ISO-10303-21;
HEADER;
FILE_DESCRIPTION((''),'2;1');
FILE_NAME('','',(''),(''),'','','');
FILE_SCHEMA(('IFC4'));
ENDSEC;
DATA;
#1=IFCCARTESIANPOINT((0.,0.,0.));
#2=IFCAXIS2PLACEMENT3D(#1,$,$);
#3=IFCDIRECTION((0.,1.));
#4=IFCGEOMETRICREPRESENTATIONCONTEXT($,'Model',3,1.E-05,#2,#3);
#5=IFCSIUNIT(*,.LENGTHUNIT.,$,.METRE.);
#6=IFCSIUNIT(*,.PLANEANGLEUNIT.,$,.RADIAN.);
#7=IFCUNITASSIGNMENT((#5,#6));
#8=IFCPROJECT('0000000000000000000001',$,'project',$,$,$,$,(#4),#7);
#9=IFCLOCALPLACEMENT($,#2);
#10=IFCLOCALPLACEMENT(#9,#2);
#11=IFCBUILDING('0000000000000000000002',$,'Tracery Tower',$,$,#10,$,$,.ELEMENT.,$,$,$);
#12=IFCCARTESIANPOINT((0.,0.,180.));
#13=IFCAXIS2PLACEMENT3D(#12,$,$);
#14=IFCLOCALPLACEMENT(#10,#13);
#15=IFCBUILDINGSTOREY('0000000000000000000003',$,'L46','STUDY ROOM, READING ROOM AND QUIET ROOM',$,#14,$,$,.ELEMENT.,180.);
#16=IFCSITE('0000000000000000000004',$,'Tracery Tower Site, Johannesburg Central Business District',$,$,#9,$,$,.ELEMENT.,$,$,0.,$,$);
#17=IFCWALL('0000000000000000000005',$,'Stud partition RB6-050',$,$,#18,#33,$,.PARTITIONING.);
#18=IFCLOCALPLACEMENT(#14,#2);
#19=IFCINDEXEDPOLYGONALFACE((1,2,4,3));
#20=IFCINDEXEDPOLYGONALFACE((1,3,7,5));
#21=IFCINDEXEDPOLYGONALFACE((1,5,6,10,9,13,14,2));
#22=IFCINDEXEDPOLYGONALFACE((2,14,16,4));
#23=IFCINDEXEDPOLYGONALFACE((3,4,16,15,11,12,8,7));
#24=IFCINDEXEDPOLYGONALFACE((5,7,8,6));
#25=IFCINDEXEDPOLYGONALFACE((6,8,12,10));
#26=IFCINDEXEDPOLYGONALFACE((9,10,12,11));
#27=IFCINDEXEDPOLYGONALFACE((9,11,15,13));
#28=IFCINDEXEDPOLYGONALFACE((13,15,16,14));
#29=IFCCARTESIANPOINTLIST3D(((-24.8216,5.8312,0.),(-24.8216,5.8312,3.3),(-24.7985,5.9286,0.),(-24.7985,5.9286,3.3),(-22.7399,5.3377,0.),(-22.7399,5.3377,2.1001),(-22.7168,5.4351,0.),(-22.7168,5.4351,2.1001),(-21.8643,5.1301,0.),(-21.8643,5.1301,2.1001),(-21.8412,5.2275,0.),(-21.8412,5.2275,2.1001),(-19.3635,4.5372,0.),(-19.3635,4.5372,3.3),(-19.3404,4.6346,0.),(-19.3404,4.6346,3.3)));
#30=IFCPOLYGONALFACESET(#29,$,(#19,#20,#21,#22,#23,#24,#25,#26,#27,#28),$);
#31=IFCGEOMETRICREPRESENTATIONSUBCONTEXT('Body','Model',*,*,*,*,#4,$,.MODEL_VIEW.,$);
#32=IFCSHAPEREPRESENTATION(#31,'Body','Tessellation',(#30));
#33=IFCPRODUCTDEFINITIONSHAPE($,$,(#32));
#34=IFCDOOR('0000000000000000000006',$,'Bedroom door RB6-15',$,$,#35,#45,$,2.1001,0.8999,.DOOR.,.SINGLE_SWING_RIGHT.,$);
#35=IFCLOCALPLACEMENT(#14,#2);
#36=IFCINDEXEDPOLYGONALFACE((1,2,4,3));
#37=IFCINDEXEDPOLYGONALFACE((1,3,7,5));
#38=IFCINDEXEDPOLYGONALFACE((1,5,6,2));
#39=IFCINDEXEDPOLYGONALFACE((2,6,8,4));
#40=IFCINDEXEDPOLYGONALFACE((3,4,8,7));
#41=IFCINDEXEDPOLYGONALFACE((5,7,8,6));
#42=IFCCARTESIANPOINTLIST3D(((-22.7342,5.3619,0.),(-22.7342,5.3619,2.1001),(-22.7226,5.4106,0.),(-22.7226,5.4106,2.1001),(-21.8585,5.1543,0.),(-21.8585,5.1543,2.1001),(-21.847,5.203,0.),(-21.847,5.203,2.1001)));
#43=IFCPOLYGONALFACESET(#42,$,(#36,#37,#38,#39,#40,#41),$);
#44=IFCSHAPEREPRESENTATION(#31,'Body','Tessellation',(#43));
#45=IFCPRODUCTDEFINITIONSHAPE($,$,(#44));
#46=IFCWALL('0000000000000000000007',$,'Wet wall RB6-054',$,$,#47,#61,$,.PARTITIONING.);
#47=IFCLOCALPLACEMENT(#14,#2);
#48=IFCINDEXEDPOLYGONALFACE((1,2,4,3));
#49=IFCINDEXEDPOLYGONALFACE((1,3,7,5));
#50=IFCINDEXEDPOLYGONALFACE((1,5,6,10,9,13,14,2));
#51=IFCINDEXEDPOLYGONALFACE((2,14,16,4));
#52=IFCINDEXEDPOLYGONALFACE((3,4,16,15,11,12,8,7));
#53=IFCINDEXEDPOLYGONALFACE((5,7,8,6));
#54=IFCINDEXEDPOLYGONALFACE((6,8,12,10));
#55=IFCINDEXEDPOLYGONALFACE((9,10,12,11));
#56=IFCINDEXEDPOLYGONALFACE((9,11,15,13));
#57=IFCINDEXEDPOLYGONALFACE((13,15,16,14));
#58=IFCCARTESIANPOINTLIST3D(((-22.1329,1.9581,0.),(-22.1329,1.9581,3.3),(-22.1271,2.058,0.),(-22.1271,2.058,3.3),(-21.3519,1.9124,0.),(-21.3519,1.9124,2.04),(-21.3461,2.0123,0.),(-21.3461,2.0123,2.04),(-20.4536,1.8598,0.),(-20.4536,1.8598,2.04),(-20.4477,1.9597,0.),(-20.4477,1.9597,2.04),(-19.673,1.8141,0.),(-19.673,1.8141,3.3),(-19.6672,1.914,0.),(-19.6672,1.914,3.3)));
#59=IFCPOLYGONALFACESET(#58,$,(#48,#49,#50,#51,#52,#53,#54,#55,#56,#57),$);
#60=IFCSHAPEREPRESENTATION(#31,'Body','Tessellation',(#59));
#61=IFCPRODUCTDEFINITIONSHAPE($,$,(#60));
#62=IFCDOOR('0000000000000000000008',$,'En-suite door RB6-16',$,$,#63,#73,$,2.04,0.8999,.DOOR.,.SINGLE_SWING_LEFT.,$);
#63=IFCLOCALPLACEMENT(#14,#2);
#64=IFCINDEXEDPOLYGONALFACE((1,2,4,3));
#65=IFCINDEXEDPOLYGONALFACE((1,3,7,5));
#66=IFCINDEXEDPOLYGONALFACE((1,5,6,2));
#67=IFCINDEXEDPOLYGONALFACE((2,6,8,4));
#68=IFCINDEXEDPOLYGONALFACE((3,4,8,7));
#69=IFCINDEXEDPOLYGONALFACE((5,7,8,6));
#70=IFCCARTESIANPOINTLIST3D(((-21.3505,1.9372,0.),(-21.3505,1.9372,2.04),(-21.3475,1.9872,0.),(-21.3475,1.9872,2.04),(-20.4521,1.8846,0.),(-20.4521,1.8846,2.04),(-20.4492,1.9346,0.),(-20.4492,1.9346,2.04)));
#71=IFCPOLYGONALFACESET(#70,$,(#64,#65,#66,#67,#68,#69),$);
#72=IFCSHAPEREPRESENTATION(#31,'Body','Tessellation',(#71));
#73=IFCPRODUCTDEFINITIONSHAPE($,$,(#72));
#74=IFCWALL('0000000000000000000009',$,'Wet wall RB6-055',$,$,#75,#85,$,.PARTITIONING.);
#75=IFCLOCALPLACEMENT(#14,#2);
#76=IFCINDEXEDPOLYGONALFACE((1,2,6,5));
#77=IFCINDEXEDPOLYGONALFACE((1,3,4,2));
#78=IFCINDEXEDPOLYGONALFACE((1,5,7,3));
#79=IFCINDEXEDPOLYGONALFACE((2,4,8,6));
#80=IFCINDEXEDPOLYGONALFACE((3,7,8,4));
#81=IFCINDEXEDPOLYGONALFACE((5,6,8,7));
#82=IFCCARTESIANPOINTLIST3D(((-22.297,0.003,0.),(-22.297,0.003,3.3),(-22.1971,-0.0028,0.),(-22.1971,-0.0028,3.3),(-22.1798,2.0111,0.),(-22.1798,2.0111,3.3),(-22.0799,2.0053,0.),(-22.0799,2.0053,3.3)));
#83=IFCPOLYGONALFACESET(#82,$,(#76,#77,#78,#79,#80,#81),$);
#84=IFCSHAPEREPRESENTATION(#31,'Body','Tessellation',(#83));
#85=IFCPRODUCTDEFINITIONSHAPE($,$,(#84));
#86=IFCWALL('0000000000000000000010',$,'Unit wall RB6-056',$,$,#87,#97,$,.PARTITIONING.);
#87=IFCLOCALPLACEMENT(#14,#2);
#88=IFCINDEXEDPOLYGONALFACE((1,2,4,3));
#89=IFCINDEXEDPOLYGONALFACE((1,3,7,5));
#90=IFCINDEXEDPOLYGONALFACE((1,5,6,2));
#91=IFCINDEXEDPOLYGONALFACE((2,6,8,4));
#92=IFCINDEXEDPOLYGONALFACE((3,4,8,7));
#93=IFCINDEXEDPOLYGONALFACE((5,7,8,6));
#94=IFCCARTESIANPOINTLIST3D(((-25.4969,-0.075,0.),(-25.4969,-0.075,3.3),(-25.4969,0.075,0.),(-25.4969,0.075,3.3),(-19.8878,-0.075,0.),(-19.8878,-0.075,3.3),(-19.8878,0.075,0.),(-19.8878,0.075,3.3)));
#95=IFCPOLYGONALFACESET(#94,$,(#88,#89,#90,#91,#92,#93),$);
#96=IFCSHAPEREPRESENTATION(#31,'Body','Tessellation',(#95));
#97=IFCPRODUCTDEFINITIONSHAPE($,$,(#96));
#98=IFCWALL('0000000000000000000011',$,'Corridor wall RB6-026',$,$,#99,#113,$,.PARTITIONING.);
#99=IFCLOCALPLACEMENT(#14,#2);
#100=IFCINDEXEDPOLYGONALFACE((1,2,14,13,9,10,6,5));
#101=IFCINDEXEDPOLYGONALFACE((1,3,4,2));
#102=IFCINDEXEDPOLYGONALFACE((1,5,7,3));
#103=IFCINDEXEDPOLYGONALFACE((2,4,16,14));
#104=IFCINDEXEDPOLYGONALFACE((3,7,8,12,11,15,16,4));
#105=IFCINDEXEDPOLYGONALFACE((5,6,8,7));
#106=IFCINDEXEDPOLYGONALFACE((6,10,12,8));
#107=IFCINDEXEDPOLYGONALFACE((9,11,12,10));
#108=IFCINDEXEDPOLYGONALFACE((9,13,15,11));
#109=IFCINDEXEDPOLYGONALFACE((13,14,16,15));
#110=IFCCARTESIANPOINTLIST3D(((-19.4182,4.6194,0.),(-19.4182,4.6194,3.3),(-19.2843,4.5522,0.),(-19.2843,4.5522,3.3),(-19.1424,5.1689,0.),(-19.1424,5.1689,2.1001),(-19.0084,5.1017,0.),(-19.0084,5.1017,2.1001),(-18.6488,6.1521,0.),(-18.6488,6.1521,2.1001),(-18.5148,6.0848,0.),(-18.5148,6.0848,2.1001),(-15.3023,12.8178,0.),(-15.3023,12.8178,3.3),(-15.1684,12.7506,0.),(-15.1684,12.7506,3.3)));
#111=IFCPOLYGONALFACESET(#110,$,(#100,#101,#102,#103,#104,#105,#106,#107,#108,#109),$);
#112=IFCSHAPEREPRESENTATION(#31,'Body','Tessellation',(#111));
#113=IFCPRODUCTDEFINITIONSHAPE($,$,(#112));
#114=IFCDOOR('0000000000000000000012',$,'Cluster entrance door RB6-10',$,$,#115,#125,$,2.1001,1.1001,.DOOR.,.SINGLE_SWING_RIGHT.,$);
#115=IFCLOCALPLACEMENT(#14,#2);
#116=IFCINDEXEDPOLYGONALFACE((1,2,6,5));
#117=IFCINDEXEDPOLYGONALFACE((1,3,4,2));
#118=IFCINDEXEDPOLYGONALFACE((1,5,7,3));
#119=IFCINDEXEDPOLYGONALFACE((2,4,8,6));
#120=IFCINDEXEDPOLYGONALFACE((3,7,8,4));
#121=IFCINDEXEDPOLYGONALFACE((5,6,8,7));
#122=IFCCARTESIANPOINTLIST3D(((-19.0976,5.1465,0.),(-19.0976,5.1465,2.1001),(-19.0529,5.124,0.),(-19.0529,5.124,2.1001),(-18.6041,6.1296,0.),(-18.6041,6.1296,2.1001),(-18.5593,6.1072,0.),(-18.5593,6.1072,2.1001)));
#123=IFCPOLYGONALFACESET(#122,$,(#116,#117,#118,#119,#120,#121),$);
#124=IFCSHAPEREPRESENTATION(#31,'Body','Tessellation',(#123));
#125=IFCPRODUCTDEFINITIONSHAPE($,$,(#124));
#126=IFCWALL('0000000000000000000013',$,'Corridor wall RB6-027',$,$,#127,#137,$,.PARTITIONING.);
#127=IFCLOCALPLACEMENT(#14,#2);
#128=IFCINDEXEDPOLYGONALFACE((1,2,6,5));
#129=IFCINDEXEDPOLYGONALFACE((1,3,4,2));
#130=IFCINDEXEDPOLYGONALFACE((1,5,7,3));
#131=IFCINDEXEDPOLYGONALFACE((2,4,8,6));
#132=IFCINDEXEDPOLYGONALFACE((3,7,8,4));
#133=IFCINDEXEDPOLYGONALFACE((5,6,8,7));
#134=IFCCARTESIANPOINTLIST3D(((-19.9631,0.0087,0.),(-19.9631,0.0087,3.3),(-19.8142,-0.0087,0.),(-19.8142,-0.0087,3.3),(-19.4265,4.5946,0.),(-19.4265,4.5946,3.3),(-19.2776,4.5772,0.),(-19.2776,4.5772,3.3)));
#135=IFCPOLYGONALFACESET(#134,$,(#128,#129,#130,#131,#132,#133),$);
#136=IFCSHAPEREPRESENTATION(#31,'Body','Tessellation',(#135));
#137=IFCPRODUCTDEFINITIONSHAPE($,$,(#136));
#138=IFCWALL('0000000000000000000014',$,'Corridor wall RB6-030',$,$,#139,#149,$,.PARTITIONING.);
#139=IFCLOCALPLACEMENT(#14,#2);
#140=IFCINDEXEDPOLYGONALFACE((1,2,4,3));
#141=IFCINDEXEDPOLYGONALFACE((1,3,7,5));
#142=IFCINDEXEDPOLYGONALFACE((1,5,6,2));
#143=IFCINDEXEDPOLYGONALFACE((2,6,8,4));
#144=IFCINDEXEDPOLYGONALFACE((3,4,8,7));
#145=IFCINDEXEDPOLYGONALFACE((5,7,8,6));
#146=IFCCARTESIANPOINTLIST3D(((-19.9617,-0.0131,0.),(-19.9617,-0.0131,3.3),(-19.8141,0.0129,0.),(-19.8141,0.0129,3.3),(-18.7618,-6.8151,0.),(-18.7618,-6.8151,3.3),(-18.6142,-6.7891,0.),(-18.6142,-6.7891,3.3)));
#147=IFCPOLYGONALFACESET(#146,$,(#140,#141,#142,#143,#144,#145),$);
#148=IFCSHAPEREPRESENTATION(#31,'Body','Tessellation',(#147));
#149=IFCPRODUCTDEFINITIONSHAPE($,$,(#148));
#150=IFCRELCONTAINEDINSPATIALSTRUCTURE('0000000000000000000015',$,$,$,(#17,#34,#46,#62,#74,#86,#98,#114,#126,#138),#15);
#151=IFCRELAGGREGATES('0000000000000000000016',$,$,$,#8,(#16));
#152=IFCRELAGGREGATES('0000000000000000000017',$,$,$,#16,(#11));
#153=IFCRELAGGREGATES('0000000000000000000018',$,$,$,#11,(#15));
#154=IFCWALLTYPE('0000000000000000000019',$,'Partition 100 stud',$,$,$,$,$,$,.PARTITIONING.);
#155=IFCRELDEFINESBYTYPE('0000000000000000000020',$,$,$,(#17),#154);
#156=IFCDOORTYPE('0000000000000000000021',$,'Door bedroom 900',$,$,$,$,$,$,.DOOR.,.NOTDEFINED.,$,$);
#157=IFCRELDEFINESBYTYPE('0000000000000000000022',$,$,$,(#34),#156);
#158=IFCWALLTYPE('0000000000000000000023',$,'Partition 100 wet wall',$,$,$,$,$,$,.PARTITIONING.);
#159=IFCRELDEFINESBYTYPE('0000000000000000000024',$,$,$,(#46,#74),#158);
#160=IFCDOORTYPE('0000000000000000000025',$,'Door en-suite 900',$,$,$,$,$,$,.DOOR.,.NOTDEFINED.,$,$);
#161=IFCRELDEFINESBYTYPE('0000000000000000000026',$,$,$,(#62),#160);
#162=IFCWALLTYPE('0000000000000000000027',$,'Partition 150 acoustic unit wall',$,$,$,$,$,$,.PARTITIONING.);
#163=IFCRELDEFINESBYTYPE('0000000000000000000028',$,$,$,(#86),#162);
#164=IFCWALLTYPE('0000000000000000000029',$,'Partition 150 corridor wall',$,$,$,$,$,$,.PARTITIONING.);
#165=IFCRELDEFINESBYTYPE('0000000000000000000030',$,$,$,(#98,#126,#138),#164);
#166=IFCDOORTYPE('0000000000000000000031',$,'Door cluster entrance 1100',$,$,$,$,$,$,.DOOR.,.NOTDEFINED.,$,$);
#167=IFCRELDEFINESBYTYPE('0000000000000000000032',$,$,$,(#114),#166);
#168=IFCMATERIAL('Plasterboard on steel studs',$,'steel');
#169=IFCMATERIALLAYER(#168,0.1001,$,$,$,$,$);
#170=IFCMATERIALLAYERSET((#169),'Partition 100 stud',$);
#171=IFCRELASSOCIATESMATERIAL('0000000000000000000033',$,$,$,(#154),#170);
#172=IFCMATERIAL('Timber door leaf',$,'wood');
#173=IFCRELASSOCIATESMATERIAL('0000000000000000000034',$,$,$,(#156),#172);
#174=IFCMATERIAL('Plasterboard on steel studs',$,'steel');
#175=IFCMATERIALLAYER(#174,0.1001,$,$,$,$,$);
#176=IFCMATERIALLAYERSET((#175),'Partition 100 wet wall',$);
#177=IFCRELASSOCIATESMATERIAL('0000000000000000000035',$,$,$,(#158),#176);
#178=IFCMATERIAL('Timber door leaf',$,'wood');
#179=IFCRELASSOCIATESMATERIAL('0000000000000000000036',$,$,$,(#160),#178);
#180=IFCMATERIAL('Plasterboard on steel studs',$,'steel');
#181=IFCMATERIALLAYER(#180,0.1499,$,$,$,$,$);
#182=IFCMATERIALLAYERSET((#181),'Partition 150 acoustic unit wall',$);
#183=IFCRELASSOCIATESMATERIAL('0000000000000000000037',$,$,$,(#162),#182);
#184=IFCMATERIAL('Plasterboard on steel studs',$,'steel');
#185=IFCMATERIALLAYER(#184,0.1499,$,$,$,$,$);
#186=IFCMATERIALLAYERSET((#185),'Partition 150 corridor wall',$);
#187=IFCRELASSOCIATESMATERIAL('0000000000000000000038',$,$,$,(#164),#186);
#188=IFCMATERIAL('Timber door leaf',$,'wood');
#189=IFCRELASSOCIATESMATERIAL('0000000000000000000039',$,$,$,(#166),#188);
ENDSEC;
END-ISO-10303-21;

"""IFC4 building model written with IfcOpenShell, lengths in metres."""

from ifc_helpers import new_model, si_unit, direction, frame, frame_2d, origin, place, context, subcontext, project, spatial, rectangle, extrude, material, layer, layer_set, type_object, element, fill, save


model = new_model("IFC4")

# Units and contexts
model_context = context("Model", 3, precision=1e-05, world=origin(), true_north=direction((0.0, 1.0)))
body_context = subcontext(model_context, "Body", "Model", "MODEL_VIEW")
ifc_project = project(units=[si_unit("LENGTHUNIT", "METRE"), si_unit("PLANEANGLEUNIT", "RADIAN")], contexts=[model_context])

# Site, building, storey
site_placement = place(None, origin())
site = spatial("IfcSite", under=ifc_project, at=site_placement, Name="Tracery Tower Site, Johannesburg Central Business District", CompositionType="ELEMENT", RefElevation=0.0)
building_placement = place(site_placement, origin())
building = spatial("IfcBuilding", under=site, at=building_placement, Name="Tracery Tower", CompositionType="ELEMENT")
storey_placement = place(building_placement, frame((0.0, 0.0, 180.0)))
storey = spatial("IfcBuildingStorey", under=building, at=storey_placement, Name="L46", Description="STUDY ROOM, READING ROOM AND QUIET ROOM", CompositionType="ELEMENT", Elevation=180.0)

# Walls, openings, doors
ifc_material_1 = material(Name="Plasterboard on steel studs", Category="steel")
ifc_layer_1 = layer(ifc_material_1, 0.1001)
ifc_layer_set_1 = layer_set([ifc_layer_1], Name="Partition 100 stud")
wall_type_1 = type_object("IfcWallType", Name="Partition 100 stud", PredefinedType="PARTITIONING", material=ifc_layer_set_1)
wall_1_placement = place(storey_placement, frame((-24.8101, 5.8799, 0.0), z_axis=(0.0, 0.0, 1.0), x_axis=(0.97303, -0.230679, 0.0)))
wall_1 = element("IfcWall", 1, at=wall_1_placement, inside=storey, type_object=wall_type_1, Name="Stud partition RB6-050", PredefinedType="PARTITIONING", context=body_context, shape_type="SweptSolid", body=[
    extrude(rectangle(XDim=5.6094, YDim=0.1001, at=frame_2d((2.8047, 0.0))), origin(), (0.0, 0.0, 1.0), 3.3),
])
opening_1_placement = place(wall_1_placement, frame((2.1394, 0.0, 0.0)))
opening_1 = element("IfcOpeningElement", 2, at=opening_1_placement, cuts=wall_1, PredefinedType="OPENING", context=body_context, shape_type="SweptSolid", body=[
    extrude(rectangle(XDim=0.8999, YDim=2.1001, at=frame_2d((0.45, 1.05))), frame((0.0, 0.05, 0.0), z_axis=(0.0, -1.0, 0.0), x_axis=(1.0, 0.0, 0.0)), (0.0, 0.0, 1.0), 0.1001),
])
ifc_material_2 = material(Name="Timber door leaf", Category="wood")
door_type_1 = type_object("IfcDoorType", Name="Door bedroom 900", OperationType="NOTDEFINED", PredefinedType="DOOR", material=ifc_material_2)
door_1_placement = place(opening_1_placement, origin())
door_1 = element("IfcDoor", 3, at=door_1_placement, inside=storey, type_object=door_type_1, Name="Bedroom door RB6-15", OperationType="SINGLE_SWING_RIGHT", OverallHeight=2.1001, OverallWidth=0.8999, PredefinedType="DOOR", context=body_context, shape_type="SweptSolid", body=[
    extrude(rectangle(XDim=0.8999, YDim=2.1001, at=frame_2d((0.45, 1.05))), frame((0.0, 0.0249, 0.0), z_axis=(0.0, -1.0, 0.0), x_axis=(1.0, 0.0, 0.0)), (0.0, 0.0, 1.0), 0.05),
])
fill(opening_1, door_1)
ifc_material_3 = material(Name="Plasterboard on steel studs", Category="steel")
ifc_layer_2 = layer(ifc_material_3, 0.1001)
ifc_layer_set_2 = layer_set([ifc_layer_2], Name="Partition 100 wet wall")
wall_type_2 = type_object("IfcWallType", Name="Partition 100 wet wall", PredefinedType="PARTITIONING", material=ifc_layer_set_2)
wall_2_placement = place(storey_placement, frame((-22.1299, 2.0081, 0.0), z_axis=(0.0, 0.0, 1.0), x_axis=(0.99829, -0.058455, 0.0)))
wall_2 = element("IfcWall", 4, at=wall_2_placement, inside=storey, type_object=wall_type_2, Name="Wet wall RB6-054", PredefinedType="PARTITIONING", context=body_context, shape_type="SweptSolid", body=[
    extrude(rectangle(XDim=2.4641, YDim=0.1001, at=frame_2d((1.2319, 0.0))), origin(), (0.0, 0.0, 1.0), 3.3),
])
opening_2_placement = place(wall_2_placement, frame((0.7822, 0.0, 0.0)))
opening_2 = element("IfcOpeningElement", 5, at=opening_2_placement, cuts=wall_2, PredefinedType="OPENING", context=body_context, shape_type="SweptSolid", body=[
    extrude(rectangle(XDim=0.8999, YDim=2.04, at=frame_2d((0.45, 1.02))), frame((0.0, 0.05, 0.0), z_axis=(0.0, -1.0, 0.0), x_axis=(1.0, 0.0, 0.0)), (0.0, 0.0, 1.0), 0.1001),
])
ifc_material_4 = material(Name="Timber door leaf", Category="wood")
door_type_2 = type_object("IfcDoorType", Name="Door en-suite 900", OperationType="NOTDEFINED", PredefinedType="DOOR", material=ifc_material_4)
door_2_placement = place(opening_2_placement, origin())
door_2 = element("IfcDoor", 6, at=door_2_placement, inside=storey, type_object=door_type_2, Name="En-suite door RB6-16", OperationType="SINGLE_SWING_LEFT", OverallHeight=2.04, OverallWidth=0.8999, PredefinedType="DOOR", context=body_context, shape_type="SweptSolid", body=[
    extrude(rectangle(XDim=0.8999, YDim=2.04, at=frame_2d((0.45, 1.02))), frame((0.0, 0.0249, 0.0), z_axis=(0.0, -1.0, 0.0), x_axis=(1.0, 0.0, 0.0)), (0.0, 0.0, 1.0), 0.05),
])
fill(opening_2, door_2)

# Walls
wall_3_placement = place(storey_placement, frame((-22.2471, 0.0, 0.0), z_axis=(0.0, 0.0, 1.0), x_axis=(0.05826, 0.998301, 0.0)))
element("IfcWall", 7, at=wall_3_placement, inside=storey, type_object=wall_type_2, Name="Wet wall RB6-055", PredefinedType="PARTITIONING", context=body_context, shape_type="SweptSolid", body=[
    extrude(rectangle(XDim=2.0115, YDim=0.1001, at=frame_2d((1.0059, 0.0))), origin(), (0.0, 0.0, 1.0), 3.3),
])
ifc_material_5 = material(Name="Plasterboard on steel studs", Category="steel")
ifc_layer_3 = layer(ifc_material_5, 0.1499)
ifc_layer_set_3 = layer_set([ifc_layer_3], Name="Partition 150 acoustic unit wall")
wall_type_3 = type_object("IfcWallType", Name="Partition 150 acoustic unit wall", PredefinedType="PARTITIONING", material=ifc_layer_set_3)
wall_4_placement = place(storey_placement, frame((-25.4971, 0.0, 0.0), z_axis=(0.0, 0.0, 1.0), x_axis=(1.0, 0.0, 0.0)))
element("IfcWall", 8, at=wall_4_placement, inside=storey, type_object=wall_type_3, Name="Unit wall RB6-056", PredefinedType="PARTITIONING", context=body_context, shape_type="SweptSolid", body=[
    extrude(rectangle(XDim=5.6091, YDim=0.1499, at=frame_2d((2.8047, 0.0))), origin(), (0.0, 0.0, 1.0), 3.3),
])

# Wall, opening, door
ifc_material_6 = material(Name="Plasterboard on steel studs", Category="steel")
ifc_layer_4 = layer(ifc_material_6, 0.1499)
ifc_layer_set_4 = layer_set([ifc_layer_4], Name="Partition 150 corridor wall")
wall_type_4 = type_object("IfcWallType", Name="Partition 150 corridor wall", PredefinedType="PARTITIONING", material=ifc_layer_set_4)
wall_5_placement = place(storey_placement, frame((-19.3513, 4.5857, 0.0), z_axis=(0.0, 0.0, 1.0), x_axis=(0.448671, 0.893697, 0.0)))
wall_5 = element("IfcWall", 9, at=wall_5_placement, inside=storey, type_object=wall_type_4, Name="Corridor wall RB6-026", PredefinedType="PARTITIONING", context=body_context, shape_type="SweptSolid", body=[
    extrude(rectangle(XDim=9.1736, YDim=0.1499, at=frame_2d((4.5869, 0.0))), origin(), (0.0, 0.0, 1.0), 3.3),
])
opening_3_placement = place(wall_5_placement, frame((0.615, 0.0, 0.0)))
opening_3 = element("IfcOpeningElement", 10, at=opening_3_placement, cuts=wall_5, PredefinedType="OPENING", context=body_context, shape_type="SweptSolid", body=[
    extrude(rectangle(XDim=1.1001, YDim=2.1001, at=frame_2d((0.55, 1.05))), frame((0.0, 0.075, 0.0), z_axis=(0.0, -1.0, 0.0), x_axis=(1.0, 0.0, 0.0)), (0.0, 0.0, 1.0), 0.1499),
])
ifc_material_7 = material(Name="Timber door leaf", Category="wood")
door_type_3 = type_object("IfcDoorType", Name="Door cluster entrance 1100", OperationType="NOTDEFINED", PredefinedType="DOOR", material=ifc_material_7)
door_3_placement = place(opening_3_placement, origin())
door_3 = element("IfcDoor", 11, at=door_3_placement, inside=storey, type_object=door_type_3, Name="Cluster entrance door RB6-10", OperationType="SINGLE_SWING_RIGHT", OverallHeight=2.1001, OverallWidth=1.1001, PredefinedType="DOOR", context=body_context, shape_type="SweptSolid", body=[
    extrude(rectangle(XDim=1.1001, YDim=2.1001, at=frame_2d((0.55, 1.05))), frame((0.0, 0.0249, 0.0), z_axis=(0.0, -1.0, 0.0), x_axis=(1.0, 0.0, 0.0)), (0.0, 0.0, 1.0), 0.05),
])
fill(opening_3, door_3)

# Walls
wall_6_placement = place(storey_placement, frame((-19.8887, 0.0, 0.0), z_axis=(0.0, 0.0, 1.0), x_axis=(0.116222, 0.993223, 0.0)))
element("IfcWall", 12, at=wall_6_placement, inside=storey, type_object=wall_type_4, Name="Corridor wall RB6-027", PredefinedType="PARTITIONING", context=body_context, shape_type="SweptSolid", body=[
    extrude(rectangle(XDim=4.6172, YDim=0.1499, at=frame_2d((2.3086, 0.0))), origin(), (0.0, 0.0, 1.0), 3.3),
])
wall_7_placement = place(storey_placement, frame((-19.8879, 0.0, 0.0), z_axis=(0.0, 0.0, 1.0), x_axis=(0.173729, -0.984794, 0.0)))
element("IfcWall", 13, at=wall_7_placement, inside=storey, type_object=wall_type_4, Name="Corridor wall RB6-030", PredefinedType="PARTITIONING", context=body_context, shape_type="SweptSolid", body=[
    extrude(rectangle(XDim=6.907, YDim=0.1499, at=frame_2d((3.4536, 0.0))), origin(), (0.0, 0.0, 1.0), 3.3),
])

save(model, "model.ifc")
